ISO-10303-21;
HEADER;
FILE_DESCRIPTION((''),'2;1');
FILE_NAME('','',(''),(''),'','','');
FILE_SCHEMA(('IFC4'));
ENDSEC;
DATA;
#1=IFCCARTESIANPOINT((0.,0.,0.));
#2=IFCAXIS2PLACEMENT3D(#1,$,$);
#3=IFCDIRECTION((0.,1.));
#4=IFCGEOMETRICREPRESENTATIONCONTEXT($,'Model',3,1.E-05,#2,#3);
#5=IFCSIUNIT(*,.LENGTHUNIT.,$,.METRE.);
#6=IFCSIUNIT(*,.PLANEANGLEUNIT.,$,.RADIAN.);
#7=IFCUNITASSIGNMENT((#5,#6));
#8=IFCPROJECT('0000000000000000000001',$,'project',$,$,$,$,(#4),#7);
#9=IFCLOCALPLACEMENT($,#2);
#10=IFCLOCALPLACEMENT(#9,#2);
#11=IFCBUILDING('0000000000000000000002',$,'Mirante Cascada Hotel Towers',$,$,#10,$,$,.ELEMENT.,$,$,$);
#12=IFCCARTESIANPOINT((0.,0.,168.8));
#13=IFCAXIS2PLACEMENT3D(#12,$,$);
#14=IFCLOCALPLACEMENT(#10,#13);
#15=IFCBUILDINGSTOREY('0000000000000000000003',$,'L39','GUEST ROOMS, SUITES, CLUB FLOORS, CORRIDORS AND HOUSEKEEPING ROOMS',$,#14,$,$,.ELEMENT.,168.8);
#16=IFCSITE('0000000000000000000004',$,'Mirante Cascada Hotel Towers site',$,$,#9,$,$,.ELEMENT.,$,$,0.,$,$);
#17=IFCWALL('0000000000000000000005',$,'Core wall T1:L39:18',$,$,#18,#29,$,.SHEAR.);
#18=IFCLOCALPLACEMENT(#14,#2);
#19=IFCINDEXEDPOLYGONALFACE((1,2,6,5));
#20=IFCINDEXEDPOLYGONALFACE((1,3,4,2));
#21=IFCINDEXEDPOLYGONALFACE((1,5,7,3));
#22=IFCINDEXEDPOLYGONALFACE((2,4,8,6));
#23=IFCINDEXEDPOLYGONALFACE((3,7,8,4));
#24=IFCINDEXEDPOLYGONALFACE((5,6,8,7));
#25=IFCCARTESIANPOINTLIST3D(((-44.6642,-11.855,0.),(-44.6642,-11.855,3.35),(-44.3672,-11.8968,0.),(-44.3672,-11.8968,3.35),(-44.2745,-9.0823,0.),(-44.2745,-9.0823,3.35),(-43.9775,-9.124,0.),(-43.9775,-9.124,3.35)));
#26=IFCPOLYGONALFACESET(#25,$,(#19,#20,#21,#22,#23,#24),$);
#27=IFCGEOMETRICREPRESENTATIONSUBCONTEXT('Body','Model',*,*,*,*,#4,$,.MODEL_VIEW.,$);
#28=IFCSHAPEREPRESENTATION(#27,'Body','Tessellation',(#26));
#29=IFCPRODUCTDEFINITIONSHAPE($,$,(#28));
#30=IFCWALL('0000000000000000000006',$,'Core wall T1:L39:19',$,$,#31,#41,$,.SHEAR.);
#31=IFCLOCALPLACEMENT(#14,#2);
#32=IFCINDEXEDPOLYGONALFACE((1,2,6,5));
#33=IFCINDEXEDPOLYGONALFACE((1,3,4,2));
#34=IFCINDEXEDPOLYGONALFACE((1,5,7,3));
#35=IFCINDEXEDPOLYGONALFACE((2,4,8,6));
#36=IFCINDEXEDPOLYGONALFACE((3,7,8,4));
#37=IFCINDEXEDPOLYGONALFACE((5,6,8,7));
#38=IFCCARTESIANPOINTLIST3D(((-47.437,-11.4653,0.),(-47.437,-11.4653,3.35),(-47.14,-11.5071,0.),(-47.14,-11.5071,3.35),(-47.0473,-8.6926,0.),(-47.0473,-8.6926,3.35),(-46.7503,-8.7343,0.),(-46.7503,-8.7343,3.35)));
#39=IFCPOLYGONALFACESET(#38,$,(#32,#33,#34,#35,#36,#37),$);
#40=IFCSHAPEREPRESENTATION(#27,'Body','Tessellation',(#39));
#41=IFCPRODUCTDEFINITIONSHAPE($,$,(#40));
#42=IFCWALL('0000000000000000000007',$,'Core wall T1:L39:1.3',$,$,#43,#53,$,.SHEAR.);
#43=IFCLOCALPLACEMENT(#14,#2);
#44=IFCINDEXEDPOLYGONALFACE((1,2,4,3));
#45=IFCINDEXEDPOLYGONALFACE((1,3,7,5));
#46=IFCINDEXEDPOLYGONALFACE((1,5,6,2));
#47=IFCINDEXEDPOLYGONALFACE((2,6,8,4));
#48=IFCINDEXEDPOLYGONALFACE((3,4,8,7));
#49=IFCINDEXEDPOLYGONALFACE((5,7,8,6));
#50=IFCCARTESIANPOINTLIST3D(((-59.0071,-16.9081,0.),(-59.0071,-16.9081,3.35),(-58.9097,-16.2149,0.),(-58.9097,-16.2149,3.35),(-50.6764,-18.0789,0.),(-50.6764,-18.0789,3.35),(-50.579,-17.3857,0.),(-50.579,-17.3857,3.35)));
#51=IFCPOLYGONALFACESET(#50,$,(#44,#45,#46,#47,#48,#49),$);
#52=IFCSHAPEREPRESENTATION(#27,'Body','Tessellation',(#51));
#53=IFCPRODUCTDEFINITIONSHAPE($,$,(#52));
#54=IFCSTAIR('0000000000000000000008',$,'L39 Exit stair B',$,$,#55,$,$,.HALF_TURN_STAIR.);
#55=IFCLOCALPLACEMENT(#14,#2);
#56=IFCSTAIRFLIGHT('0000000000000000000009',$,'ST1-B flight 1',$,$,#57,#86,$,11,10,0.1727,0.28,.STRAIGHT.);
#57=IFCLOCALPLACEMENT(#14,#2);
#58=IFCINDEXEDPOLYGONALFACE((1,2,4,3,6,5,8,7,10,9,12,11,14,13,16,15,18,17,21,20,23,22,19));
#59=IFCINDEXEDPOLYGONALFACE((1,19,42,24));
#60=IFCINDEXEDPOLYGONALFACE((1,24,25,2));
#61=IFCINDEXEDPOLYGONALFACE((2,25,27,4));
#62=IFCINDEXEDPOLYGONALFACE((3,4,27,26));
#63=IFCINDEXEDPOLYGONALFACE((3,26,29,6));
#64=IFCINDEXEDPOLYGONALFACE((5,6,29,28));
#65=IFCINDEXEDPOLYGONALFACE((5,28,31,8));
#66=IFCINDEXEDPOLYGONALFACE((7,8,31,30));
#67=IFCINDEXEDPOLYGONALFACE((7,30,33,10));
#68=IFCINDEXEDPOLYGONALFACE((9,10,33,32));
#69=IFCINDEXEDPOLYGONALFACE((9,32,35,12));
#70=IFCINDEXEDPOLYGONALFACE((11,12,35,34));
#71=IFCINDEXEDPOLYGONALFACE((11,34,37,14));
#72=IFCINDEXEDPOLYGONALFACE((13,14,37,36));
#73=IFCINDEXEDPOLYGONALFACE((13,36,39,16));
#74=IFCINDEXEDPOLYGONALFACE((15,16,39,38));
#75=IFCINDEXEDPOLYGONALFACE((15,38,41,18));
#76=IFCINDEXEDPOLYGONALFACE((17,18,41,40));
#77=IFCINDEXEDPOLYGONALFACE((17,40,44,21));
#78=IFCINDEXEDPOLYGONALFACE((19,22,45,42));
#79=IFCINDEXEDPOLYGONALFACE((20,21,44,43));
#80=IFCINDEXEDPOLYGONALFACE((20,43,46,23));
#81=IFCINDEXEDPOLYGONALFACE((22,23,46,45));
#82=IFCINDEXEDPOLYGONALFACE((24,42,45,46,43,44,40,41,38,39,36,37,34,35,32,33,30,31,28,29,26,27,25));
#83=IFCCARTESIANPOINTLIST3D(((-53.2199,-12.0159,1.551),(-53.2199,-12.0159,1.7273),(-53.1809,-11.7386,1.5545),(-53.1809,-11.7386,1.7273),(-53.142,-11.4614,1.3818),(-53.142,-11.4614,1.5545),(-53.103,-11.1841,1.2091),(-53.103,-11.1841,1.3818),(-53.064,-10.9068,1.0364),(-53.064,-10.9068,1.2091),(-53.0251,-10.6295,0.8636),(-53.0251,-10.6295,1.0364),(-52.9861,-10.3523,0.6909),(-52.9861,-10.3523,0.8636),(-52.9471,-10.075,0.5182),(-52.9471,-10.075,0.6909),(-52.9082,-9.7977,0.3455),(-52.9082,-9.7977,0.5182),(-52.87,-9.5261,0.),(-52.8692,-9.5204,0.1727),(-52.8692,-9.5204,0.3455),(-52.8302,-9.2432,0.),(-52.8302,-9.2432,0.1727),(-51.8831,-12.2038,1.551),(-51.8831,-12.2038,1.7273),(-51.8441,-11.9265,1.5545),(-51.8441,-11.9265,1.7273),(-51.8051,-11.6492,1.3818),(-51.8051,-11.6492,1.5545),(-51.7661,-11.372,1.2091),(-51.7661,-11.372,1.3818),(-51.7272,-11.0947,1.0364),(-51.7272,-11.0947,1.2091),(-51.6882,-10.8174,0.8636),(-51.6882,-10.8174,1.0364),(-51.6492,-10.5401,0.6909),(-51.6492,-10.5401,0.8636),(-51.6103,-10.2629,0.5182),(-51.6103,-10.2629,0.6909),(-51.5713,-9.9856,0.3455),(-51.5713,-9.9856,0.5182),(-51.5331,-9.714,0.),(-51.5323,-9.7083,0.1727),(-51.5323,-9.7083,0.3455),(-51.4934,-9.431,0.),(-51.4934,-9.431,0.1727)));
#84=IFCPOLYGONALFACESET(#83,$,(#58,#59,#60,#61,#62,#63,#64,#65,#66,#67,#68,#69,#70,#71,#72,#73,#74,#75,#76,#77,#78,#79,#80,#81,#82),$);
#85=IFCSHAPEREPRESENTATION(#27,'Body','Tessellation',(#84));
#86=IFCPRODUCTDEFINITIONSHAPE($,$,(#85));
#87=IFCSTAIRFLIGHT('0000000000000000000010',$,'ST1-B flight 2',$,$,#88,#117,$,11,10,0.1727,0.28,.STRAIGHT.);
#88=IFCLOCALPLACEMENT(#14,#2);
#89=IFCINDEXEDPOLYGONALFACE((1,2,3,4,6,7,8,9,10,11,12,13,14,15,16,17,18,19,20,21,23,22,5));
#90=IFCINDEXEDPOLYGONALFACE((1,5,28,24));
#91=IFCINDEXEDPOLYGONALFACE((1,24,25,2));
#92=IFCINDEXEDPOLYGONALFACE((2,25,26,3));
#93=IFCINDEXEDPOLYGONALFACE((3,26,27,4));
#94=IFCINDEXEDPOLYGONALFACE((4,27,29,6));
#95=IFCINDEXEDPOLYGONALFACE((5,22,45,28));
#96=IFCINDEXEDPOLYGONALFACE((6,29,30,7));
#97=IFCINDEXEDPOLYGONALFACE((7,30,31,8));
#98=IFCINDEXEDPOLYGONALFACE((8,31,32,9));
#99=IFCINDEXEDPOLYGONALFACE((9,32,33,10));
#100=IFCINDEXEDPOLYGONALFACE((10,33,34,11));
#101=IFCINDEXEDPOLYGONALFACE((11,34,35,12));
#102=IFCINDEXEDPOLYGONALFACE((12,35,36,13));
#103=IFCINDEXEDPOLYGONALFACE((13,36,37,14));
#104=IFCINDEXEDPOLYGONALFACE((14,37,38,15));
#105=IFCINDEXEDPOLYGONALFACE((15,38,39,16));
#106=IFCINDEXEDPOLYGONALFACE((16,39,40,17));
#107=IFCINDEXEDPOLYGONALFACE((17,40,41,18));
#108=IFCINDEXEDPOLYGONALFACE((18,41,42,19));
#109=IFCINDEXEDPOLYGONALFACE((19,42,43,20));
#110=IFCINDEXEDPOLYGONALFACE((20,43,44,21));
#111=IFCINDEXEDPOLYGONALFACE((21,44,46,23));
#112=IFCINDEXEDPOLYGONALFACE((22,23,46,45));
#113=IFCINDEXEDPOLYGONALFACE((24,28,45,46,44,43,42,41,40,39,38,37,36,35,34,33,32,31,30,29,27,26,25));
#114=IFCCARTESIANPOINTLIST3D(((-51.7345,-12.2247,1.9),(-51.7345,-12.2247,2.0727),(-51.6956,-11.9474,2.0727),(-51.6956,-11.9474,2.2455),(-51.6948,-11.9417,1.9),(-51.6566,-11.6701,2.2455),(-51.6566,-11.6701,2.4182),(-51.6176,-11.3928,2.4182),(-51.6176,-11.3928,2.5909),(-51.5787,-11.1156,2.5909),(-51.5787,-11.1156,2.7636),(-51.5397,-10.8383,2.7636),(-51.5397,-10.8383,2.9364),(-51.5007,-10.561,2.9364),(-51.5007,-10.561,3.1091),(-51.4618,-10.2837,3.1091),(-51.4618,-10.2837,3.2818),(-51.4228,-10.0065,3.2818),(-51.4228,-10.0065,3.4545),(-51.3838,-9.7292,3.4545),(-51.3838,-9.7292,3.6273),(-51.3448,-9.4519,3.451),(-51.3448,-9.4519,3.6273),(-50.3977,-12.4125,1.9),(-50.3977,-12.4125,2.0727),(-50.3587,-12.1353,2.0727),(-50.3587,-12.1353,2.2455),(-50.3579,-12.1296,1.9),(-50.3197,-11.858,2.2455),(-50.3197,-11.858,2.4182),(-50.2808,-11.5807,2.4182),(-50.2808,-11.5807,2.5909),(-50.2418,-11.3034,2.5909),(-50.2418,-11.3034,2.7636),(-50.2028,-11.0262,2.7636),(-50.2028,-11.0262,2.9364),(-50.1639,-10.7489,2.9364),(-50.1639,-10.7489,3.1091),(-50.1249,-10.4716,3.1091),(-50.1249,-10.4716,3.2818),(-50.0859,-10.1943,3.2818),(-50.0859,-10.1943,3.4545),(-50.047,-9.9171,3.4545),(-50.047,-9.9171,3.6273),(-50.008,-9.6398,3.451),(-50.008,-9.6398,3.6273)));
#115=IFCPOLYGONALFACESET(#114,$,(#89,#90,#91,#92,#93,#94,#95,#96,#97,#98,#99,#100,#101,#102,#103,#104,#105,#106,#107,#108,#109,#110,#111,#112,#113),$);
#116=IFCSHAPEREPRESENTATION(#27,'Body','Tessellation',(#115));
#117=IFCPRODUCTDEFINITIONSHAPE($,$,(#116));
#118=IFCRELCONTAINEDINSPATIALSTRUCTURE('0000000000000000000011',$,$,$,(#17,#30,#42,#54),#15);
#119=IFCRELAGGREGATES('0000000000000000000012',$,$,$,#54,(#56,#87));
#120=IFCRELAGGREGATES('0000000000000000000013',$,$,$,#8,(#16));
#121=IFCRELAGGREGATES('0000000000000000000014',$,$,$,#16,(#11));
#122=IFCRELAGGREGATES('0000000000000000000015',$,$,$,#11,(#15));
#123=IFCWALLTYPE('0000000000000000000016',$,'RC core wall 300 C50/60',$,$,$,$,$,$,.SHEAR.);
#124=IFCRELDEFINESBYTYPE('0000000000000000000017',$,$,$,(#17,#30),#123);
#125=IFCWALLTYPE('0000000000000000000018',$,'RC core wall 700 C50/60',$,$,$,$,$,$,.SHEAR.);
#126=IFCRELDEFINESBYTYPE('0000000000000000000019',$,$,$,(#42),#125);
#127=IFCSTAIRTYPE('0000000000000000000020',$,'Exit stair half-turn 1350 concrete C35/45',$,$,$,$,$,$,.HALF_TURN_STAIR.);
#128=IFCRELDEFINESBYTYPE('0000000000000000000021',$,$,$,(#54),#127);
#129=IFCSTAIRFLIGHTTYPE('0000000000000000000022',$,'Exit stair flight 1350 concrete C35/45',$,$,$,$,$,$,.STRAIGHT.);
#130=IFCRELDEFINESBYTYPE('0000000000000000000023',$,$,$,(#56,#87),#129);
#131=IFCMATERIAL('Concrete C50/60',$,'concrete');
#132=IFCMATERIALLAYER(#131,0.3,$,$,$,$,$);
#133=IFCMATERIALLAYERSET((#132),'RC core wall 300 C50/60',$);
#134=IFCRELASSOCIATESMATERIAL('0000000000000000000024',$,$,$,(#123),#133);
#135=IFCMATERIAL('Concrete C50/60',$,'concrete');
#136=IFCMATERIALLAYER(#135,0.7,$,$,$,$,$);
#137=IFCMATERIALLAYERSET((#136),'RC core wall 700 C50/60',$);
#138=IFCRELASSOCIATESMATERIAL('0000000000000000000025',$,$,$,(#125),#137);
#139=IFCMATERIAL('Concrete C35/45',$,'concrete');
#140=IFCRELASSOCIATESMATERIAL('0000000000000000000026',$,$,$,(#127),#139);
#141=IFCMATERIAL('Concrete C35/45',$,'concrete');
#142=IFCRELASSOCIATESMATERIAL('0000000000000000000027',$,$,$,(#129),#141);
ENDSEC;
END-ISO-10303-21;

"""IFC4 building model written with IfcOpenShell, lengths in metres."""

from ifc_helpers import new_model, si_unit, direction, frame, frame_2d, origin, place, context, subcontext, project, spatial, polyline, rectangle, outline, extrude, material, layer, layer_set, type_object, element, aggregate, save


model = new_model("IFC4")

# Units and contexts
model_context = context("Model", 3, precision=1e-05, world=origin(), true_north=direction((0.0, 1.0)))
body_context = subcontext(model_context, "Body", "Model", "MODEL_VIEW")
ifc_project = project(units=[si_unit("LENGTHUNIT", "METRE"), si_unit("PLANEANGLEUNIT", "RADIAN")], contexts=[model_context])

# Site, building, storey
site_placement = place(None, origin())
site = spatial("IfcSite", under=ifc_project, at=site_placement, Name="Mirante Cascada Hotel Towers site", CompositionType="ELEMENT", RefElevation=0.0)
building_placement = place(site_placement, origin())
building = spatial("IfcBuilding", under=site, at=building_placement, Name="Mirante Cascada Hotel Towers", CompositionType="ELEMENT")
storey_placement = place(building_placement, frame((0.0, 0.0, 168.8)))
storey = spatial("IfcBuildingStorey", under=building, at=storey_placement, Name="L39", Description="GUEST ROOMS, SUITES, CLUB FLOORS, CORRIDORS AND HOUSEKEEPING ROOMS", CompositionType="ELEMENT", Elevation=168.8)

# Walls
ifc_material_1 = material(Name="Concrete C50/60", Category="concrete")
ifc_layer_1 = layer(ifc_material_1, 0.3)
ifc_layer_set_1 = layer_set([ifc_layer_1], Name="RC core wall 300 C50/60")
wall_type_1 = type_object("IfcWallType", Name="RC core wall 300 C50/60", PredefinedType="SHEAR", material=ifc_layer_set_1)
for number, where, z_axis, x_axis, name in (
    (1, (-44.5157, -11.8759, 0.0), (0.0, 0.0, 1.0), (0.139181, 0.990267, 0.0), "Core wall T1:L39:18"),
    (2, (-47.2885, -11.4862, 0.0), (0.0, 0.0, 1.0), (0.139181, 0.990267, 0.0), "Core wall T1:L39:19"),
):
    element("IfcWall", number, at=place(storey_placement, frame(where, z_axis=z_axis, x_axis=x_axis)), inside=storey, type_object=wall_type_1, Name=name, PredefinedType="SHEAR", context=body_context, shape_type="SweptSolid", body=[
        extrude(rectangle(XDim=2.8, YDim=0.3, at=frame_2d((1.4, 0.0))), origin(), (0.0, 0.0, 1.0), 3.35),
    ])
ifc_material_2 = material(Name="Concrete C50/60", Category="concrete")
ifc_layer_2 = layer(ifc_material_2, 0.7)
ifc_layer_set_2 = layer_set([ifc_layer_2], Name="RC core wall 700 C50/60")
wall_type_2 = type_object("IfcWallType", Name="RC core wall 700 C50/60", PredefinedType="SHEAR", material=ifc_layer_set_2)
wall_1_placement = place(storey_placement, frame((-50.6277, -17.7323, 0.0), z_axis=(0.0, 0.0, 1.0), x_axis=(-0.990268, 0.139173, 0.0)))
element("IfcWall", 3, at=wall_1_placement, inside=storey, type_object=wall_type_2, Name="Core wall T1:L39:1.3", PredefinedType="SHEAR", context=body_context, shape_type="SweptSolid", body=[
    extrude(rectangle(XDim=8.4126, YDim=0.7, at=frame_2d((4.2063, 0.0))), origin(), (0.0, 0.0, 1.0), 3.35),
])

# Stair, stair flights
ifc_material_3 = material(Name="Concrete C35/45", Category="concrete")
stair_type = type_object("IfcStairType", Name="Exit stair half-turn 1350 concrete C35/45", PredefinedType="HALF_TURN_STAIR", material=ifc_material_3)
stair_placement = place(storey_placement, origin())
stair = element("IfcStair", 4, at=stair_placement, inside=storey, type_object=stair_type, Name="L39 Exit stair B", PredefinedType="HALF_TURN_STAIR")
ifc_material_4 = material(Name="Concrete C35/45", Category="concrete")
stair_flight_type = type_object("IfcStairFlightType", Name="Exit stair flight 1350 concrete C35/45", PredefinedType="STRAIGHT", material=ifc_material_4)
stair_flight_1_placement = place(storey_placement, frame((-52.1618, -9.3371, 0.0), z_axis=(0.0, 0.0, 1.0), x_axis=(-0.139173, -0.990268, 0.0)))
stair_flight_1 = element("IfcStairFlight", 5, at=stair_flight_1_placement, type_object=stair_flight_type, Name="ST1-B flight 1", NumberOfRisers=11, NumberOfTreads=10, PredefinedType="STRAIGHT", RiserHeight=0.1727, TreadLength=0.28, context=body_context, shape_type="SweptSolid", body=[
    extrude(outline(polyline([(0.0, 0.0), (0.0, 0.1727), (0.28, 0.1727), (0.28, 0.3455), (0.56, 0.3455), (0.56, 0.5182), (0.84, 0.5182), (0.84, 0.6909), (1.12, 0.6909), (1.12, 0.8636), (1.4, 0.8636), (1.4, 1.0364), (1.68, 1.0364), (1.68, 1.2091), (1.96, 1.2091), (1.96, 1.3818), (2.24, 1.3818), (2.24, 1.5545), (2.52, 1.5545), (2.52, 1.7273), (2.8, 1.7273), (2.8, 1.9), (2.8, 1.551), (0.2857, 0.0), (0.0, 0.0)])), frame((0.0, 0.675, 0.0), z_axis=(0.0, -1.0, 0.0), x_axis=(1.0, 0.0, 0.0)), (0.0, 0.0, 1.0), 1.35),
])
stair_flight_2_placement = place(storey_placement, frame((-51.0661, -12.3186, 1.9), z_axis=(0.0, 0.0, 1.0), x_axis=(0.139173, 0.990268, 0.0)))
stair_flight_2 = element("IfcStairFlight", 6, at=stair_flight_2_placement, type_object=stair_flight_type, Name="ST1-B flight 2", NumberOfRisers=11, NumberOfTreads=10, PredefinedType="STRAIGHT", RiserHeight=0.1727, TreadLength=0.28, context=body_context, shape_type="SweptSolid", body=[
    extrude(outline(polyline([(0.0, 0.0), (0.0, 0.1727), (0.28, 0.1727), (0.28, 0.3455), (0.56, 0.3455), (0.56, 0.5182), (0.84, 0.5182), (0.84, 0.6909), (1.12, 0.6909), (1.12, 0.8636), (1.4, 0.8636), (1.4, 1.0364), (1.68, 1.0364), (1.68, 1.2091), (1.96, 1.2091), (1.96, 1.3818), (2.24, 1.3818), (2.24, 1.5545), (2.52, 1.5545), (2.52, 1.7273), (2.8, 1.7273), (2.8, 1.9), (2.8, 1.551), (0.2857, 0.0), (0.0, 0.0)])), frame((0.0, 0.675, 0.0), z_axis=(0.0, -1.0, 0.0), x_axis=(1.0, 0.0, 0.0)), (0.0, 0.0, 1.0), 1.35),
])
aggregate(stair, [stair_flight_1, stair_flight_2])

save(model, "model.ifc")
